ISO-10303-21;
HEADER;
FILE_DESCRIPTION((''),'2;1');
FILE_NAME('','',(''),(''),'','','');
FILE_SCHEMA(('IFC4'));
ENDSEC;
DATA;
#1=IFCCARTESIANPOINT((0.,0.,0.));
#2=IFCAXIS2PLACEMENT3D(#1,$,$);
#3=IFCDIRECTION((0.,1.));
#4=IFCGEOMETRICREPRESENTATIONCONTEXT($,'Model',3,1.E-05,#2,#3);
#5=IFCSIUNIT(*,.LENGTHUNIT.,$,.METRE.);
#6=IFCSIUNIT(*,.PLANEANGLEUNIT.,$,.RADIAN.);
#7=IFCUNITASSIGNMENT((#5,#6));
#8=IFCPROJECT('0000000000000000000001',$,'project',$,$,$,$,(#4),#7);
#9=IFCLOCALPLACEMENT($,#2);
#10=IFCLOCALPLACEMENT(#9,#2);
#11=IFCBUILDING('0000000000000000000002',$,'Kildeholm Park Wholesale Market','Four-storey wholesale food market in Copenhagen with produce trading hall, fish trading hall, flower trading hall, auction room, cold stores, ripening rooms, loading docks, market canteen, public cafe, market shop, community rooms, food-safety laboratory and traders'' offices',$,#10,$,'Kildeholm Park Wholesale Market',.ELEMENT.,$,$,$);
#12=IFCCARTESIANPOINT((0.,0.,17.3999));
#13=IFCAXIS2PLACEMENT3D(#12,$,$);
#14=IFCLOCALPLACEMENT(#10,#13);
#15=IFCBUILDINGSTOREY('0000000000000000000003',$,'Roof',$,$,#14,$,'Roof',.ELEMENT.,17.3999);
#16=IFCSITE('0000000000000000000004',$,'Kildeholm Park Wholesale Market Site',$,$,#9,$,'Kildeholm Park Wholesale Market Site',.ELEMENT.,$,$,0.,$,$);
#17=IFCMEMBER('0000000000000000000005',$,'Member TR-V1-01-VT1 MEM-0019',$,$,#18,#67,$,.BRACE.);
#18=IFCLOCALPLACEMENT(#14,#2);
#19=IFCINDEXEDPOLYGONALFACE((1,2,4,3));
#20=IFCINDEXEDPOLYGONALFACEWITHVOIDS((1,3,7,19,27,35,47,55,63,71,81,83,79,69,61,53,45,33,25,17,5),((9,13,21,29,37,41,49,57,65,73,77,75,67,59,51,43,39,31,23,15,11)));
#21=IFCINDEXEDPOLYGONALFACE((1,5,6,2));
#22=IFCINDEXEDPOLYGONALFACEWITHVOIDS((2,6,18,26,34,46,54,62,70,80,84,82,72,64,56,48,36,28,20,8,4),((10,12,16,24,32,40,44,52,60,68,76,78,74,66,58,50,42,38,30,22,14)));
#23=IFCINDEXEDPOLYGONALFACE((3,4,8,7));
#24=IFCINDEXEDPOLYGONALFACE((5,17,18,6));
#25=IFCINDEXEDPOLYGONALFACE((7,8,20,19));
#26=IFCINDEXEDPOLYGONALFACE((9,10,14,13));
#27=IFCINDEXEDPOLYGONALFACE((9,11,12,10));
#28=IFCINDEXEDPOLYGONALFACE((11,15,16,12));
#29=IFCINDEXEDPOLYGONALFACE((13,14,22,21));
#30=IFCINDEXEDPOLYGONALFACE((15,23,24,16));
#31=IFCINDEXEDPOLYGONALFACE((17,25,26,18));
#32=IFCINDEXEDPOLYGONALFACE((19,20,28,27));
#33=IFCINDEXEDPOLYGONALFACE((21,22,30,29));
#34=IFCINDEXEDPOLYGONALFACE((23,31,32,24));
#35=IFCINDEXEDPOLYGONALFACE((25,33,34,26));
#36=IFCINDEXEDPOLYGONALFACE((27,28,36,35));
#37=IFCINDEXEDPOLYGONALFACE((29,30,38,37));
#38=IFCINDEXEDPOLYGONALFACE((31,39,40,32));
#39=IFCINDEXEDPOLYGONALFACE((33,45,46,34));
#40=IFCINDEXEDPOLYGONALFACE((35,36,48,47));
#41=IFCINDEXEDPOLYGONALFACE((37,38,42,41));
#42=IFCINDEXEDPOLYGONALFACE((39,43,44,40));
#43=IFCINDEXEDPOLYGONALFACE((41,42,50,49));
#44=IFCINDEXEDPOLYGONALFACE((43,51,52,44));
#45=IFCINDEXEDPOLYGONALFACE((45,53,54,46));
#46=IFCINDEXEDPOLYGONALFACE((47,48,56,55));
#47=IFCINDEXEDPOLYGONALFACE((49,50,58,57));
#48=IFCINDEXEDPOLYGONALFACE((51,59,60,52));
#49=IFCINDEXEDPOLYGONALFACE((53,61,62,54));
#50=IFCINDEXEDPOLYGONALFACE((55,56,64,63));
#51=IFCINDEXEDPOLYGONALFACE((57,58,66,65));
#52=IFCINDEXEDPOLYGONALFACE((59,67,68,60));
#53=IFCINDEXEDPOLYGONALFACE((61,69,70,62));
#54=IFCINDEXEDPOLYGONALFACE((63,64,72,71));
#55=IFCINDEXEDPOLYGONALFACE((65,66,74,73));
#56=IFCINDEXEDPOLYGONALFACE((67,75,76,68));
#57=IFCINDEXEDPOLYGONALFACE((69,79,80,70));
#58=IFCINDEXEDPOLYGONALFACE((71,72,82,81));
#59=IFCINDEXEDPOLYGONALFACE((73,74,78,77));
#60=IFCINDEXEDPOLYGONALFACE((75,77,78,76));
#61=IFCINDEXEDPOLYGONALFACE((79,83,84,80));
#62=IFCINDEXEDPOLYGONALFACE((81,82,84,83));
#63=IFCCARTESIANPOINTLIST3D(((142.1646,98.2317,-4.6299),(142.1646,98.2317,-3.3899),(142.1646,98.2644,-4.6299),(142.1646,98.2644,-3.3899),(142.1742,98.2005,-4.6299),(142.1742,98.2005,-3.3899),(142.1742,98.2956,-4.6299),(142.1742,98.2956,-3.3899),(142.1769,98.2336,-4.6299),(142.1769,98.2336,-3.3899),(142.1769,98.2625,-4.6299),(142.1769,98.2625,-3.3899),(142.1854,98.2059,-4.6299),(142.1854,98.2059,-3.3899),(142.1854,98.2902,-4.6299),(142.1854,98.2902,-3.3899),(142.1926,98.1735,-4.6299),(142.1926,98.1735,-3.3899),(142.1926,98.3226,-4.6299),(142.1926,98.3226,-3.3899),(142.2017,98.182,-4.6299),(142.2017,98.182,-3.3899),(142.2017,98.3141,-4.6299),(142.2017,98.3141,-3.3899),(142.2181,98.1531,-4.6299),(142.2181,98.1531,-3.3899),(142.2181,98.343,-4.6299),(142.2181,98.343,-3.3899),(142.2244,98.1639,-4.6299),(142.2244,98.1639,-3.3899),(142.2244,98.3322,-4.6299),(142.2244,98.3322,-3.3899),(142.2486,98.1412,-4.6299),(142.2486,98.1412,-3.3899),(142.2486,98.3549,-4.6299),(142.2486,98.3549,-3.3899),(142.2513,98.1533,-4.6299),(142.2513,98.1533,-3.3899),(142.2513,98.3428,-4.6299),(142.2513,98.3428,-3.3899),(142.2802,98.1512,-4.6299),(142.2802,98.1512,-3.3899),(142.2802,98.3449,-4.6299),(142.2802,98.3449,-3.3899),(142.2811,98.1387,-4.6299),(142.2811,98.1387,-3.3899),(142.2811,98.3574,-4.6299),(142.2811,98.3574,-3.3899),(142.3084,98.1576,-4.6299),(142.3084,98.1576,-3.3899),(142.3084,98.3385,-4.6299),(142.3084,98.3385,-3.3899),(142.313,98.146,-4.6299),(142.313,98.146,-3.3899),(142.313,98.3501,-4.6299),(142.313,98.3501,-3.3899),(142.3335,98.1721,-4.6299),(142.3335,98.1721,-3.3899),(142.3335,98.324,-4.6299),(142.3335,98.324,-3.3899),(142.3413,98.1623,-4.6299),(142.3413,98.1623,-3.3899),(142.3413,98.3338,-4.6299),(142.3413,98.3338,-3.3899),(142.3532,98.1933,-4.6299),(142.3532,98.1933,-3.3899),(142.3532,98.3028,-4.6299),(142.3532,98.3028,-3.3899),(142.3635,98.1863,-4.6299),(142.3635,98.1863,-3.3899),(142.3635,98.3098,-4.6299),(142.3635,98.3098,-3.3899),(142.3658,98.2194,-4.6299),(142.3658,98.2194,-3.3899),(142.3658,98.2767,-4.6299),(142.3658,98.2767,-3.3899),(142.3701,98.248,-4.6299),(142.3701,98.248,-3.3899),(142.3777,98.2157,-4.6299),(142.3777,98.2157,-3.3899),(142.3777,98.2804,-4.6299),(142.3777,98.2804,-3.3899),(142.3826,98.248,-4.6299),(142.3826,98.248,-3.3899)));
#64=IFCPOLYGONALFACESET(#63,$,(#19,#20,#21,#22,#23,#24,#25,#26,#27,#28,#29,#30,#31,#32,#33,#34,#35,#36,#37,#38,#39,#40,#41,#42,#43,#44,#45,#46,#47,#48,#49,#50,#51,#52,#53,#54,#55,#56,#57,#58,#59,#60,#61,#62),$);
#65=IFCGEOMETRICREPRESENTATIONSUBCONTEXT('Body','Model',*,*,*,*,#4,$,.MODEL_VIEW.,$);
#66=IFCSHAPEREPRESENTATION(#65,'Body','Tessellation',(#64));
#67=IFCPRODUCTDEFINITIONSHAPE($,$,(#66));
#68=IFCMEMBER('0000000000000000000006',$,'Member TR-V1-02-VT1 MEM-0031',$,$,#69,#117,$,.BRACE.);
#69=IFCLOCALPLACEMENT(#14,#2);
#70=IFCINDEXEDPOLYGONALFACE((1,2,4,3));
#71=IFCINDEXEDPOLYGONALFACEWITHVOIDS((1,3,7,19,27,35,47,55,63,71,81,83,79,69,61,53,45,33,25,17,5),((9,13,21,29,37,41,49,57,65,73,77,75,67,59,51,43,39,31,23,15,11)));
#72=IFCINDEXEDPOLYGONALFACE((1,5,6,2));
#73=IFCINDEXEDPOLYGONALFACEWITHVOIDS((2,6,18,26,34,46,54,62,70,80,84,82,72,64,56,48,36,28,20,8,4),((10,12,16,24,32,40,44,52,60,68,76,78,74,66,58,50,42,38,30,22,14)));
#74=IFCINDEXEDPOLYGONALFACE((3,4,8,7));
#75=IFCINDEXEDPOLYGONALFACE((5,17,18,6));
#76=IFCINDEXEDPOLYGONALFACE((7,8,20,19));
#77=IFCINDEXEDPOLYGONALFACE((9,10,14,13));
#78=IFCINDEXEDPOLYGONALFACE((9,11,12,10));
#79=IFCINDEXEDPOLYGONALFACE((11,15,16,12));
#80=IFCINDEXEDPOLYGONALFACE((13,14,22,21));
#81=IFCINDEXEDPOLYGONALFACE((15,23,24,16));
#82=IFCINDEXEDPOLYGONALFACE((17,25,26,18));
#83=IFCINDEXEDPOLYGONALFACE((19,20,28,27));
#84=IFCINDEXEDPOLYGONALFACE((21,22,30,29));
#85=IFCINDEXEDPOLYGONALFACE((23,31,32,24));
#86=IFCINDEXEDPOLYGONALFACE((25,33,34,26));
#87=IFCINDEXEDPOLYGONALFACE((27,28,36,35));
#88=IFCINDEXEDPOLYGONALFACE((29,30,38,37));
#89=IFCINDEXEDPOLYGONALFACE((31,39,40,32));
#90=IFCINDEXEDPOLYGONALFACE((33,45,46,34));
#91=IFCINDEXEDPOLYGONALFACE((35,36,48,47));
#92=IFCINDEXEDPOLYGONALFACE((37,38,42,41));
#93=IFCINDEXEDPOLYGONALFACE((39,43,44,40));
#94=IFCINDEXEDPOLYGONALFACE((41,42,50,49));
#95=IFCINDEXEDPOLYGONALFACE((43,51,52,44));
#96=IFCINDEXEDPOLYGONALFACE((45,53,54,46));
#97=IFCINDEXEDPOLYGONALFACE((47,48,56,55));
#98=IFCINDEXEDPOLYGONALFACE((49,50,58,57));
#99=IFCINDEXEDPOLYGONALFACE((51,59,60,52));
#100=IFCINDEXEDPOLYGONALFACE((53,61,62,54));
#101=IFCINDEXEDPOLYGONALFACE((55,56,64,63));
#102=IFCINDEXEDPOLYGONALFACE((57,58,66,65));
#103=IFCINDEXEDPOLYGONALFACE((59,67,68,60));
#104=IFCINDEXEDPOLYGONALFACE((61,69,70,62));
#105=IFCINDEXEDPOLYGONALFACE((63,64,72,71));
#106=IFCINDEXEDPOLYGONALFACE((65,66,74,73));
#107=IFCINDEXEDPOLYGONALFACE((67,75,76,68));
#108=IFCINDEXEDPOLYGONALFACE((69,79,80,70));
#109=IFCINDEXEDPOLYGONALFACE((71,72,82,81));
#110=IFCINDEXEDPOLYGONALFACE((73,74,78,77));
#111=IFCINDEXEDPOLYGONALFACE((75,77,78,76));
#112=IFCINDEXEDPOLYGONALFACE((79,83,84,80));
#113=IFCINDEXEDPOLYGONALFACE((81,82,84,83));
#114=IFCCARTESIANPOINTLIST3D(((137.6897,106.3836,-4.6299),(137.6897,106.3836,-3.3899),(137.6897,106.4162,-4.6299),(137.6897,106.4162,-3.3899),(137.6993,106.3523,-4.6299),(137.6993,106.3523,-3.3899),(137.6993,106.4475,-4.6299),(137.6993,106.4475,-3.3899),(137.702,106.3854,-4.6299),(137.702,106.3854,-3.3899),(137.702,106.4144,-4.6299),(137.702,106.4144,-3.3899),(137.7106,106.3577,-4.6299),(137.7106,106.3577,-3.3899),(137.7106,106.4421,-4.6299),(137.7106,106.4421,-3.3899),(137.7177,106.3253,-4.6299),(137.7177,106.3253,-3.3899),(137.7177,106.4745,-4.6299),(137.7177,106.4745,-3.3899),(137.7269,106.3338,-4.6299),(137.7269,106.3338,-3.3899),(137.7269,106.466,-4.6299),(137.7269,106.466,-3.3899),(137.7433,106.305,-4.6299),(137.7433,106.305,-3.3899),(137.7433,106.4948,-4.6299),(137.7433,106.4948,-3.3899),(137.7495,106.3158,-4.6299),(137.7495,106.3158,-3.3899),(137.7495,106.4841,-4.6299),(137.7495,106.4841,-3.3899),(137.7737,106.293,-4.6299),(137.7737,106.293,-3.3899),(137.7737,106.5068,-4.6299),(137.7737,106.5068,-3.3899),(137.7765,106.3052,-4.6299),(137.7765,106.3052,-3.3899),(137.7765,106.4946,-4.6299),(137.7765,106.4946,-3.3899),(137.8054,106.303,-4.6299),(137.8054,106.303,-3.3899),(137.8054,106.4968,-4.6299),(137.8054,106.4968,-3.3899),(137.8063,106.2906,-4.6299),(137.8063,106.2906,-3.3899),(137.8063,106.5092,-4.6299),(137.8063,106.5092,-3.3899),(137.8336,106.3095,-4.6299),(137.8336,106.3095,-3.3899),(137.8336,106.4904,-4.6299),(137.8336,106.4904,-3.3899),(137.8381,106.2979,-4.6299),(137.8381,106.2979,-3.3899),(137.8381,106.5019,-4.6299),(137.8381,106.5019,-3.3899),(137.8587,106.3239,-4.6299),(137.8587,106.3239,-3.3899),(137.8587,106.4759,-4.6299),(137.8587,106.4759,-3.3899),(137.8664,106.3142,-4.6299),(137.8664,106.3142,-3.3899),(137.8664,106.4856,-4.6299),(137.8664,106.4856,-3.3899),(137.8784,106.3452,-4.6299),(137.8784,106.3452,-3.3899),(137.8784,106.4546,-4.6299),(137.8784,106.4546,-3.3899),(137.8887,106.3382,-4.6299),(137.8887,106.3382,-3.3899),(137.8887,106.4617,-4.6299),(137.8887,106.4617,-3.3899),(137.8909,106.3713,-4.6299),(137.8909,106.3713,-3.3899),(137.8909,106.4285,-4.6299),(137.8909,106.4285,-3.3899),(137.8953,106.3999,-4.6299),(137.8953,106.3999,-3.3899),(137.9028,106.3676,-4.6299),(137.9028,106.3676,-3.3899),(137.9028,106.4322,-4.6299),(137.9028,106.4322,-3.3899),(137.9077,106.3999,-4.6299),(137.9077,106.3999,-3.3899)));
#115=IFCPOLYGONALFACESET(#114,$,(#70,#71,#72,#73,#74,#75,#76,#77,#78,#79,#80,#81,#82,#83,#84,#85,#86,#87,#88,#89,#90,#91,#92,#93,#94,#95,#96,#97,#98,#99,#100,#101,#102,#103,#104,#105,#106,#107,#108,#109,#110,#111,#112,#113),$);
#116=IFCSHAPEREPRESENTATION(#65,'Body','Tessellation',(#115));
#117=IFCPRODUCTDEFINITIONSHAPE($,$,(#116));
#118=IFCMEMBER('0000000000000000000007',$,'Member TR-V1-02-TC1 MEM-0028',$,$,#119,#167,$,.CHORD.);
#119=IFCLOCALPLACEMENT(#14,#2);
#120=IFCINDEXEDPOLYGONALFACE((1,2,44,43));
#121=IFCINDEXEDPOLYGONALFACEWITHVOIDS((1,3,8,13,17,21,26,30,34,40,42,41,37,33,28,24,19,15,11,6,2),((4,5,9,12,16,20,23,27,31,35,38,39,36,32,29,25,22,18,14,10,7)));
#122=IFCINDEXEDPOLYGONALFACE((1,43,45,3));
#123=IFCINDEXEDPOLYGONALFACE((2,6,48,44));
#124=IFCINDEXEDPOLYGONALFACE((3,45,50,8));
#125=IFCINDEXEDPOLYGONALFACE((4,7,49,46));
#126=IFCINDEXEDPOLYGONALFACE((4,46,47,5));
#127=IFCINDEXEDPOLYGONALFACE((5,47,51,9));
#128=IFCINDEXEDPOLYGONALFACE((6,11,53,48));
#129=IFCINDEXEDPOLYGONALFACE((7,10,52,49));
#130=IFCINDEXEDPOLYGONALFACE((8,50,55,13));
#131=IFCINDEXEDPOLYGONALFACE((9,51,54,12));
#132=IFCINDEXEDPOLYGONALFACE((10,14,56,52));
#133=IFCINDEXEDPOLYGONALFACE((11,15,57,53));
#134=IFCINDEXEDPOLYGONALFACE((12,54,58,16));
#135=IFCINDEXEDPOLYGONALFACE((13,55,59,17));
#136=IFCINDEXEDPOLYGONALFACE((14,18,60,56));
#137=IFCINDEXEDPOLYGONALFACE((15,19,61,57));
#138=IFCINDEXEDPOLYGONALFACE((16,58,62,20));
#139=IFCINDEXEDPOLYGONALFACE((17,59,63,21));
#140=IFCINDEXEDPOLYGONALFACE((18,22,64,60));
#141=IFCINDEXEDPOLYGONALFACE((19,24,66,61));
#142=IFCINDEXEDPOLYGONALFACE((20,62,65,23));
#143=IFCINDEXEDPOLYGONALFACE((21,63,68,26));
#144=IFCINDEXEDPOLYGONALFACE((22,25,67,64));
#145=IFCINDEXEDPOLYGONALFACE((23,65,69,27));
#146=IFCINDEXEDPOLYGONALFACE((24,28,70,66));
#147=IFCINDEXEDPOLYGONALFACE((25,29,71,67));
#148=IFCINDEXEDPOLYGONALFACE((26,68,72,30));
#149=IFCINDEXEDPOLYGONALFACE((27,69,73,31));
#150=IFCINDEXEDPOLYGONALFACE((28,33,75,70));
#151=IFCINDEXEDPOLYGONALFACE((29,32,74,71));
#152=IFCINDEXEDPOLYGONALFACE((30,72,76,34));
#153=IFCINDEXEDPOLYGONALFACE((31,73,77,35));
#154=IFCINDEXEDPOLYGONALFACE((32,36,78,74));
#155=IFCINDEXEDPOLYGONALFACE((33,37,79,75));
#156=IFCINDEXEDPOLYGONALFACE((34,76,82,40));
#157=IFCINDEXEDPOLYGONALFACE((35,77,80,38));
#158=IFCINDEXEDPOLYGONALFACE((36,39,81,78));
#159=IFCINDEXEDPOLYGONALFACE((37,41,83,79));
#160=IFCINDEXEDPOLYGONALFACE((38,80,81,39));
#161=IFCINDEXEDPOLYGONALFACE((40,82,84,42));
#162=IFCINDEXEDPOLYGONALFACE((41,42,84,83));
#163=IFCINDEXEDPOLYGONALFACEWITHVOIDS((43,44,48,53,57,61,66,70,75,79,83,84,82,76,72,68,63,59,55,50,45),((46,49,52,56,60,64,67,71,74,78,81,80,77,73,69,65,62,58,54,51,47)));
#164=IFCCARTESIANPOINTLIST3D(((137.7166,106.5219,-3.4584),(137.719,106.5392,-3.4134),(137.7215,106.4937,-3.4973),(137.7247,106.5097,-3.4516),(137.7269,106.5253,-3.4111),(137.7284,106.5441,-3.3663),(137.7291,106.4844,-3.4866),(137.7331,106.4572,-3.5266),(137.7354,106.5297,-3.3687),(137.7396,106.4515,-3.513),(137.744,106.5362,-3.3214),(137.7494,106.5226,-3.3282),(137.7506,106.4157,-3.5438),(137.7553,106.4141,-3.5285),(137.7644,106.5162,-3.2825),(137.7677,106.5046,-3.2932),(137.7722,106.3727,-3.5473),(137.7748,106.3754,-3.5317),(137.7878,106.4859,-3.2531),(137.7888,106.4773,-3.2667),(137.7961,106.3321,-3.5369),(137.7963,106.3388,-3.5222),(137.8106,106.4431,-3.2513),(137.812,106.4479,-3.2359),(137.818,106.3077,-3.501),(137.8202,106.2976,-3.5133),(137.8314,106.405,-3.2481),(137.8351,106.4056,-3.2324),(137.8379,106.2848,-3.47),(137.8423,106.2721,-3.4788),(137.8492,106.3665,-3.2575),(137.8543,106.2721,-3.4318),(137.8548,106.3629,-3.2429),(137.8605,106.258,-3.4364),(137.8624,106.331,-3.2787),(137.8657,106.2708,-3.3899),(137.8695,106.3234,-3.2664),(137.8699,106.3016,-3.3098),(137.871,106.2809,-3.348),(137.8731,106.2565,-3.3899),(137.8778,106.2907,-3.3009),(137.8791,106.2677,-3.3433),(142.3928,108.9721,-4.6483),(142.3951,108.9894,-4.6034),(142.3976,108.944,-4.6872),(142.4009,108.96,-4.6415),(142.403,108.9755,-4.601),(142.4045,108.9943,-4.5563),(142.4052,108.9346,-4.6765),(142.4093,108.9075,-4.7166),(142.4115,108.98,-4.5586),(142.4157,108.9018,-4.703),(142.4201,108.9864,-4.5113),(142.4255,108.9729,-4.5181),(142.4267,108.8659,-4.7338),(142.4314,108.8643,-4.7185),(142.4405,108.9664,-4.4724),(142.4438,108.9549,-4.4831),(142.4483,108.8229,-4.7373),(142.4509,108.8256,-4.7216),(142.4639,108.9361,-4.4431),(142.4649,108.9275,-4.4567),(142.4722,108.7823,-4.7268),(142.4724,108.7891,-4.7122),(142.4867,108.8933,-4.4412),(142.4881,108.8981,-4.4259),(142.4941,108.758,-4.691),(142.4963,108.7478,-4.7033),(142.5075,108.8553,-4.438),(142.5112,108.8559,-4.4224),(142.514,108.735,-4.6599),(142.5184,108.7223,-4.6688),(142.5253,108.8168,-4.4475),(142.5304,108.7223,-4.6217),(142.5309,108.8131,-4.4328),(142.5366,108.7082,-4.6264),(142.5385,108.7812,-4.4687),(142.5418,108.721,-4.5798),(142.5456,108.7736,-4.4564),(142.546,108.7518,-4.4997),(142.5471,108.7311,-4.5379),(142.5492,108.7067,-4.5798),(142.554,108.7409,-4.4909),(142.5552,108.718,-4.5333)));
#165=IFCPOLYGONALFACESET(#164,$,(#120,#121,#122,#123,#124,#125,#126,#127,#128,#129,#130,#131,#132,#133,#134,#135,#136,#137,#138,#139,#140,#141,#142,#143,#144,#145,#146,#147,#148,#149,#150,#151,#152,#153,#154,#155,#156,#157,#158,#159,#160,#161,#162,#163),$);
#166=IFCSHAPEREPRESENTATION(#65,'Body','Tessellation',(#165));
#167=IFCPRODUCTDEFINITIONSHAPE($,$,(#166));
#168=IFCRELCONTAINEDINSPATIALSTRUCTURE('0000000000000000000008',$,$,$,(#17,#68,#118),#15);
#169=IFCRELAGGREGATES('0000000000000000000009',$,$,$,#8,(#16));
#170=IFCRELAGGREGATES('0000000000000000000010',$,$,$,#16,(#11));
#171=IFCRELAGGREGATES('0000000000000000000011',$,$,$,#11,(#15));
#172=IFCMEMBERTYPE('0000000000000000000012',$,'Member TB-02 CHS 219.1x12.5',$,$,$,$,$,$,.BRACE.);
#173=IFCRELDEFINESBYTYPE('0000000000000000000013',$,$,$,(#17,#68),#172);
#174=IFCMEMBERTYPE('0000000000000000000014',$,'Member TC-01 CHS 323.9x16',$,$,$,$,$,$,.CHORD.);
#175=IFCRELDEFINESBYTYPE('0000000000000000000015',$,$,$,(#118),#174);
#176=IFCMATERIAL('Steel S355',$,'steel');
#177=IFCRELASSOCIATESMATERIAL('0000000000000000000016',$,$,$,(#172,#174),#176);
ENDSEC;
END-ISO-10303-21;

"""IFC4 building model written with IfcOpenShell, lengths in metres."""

from ifc_helpers import new_model, si_unit, direction, frame, origin, origin_2d, place, context, subcontext, project, spatial, hollow_circle, extrude, material, material_profile, profile_set, type_object, element, save


model = new_model("IFC4")

# Units and contexts
model_context = context("Model", 3, precision=1e-05, world=origin(), true_north=direction((0.0, 1.0)))
body_context = subcontext(model_context, "Body", "Model", "MODEL_VIEW")
ifc_project = project(units=[si_unit("LENGTHUNIT", "METRE"), si_unit("PLANEANGLEUNIT", "RADIAN")], contexts=[model_context])

# Site, building, storey
site_placement = place(None, origin())
site = spatial("IfcSite", under=ifc_project, at=site_placement, Name="Kildeholm Park Wholesale Market Site", LongName="Kildeholm Park Wholesale Market Site", CompositionType="ELEMENT", RefElevation=0.0)
building_placement = place(site_placement, origin())
building = spatial("IfcBuilding", under=site, at=building_placement, Name="Kildeholm Park Wholesale Market", Description="Four-storey wholesale food market in Copenhagen with produce trading hall, fish trading hall, flower trading hall, auction room, cold stores, ripening rooms, loading docks, market canteen, public cafe, market shop, community rooms, food-safety laboratory and traders' offices", LongName="Kildeholm Park Wholesale Market", CompositionType="ELEMENT")
storey_placement = place(building_placement, frame((0.0, 0.0, 17.3999)))
storey = spatial("IfcBuildingStorey", under=building, at=storey_placement, Name="Roof", LongName="Roof", CompositionType="ELEMENT", Elevation=17.3999)

# Shared definitions
ifc_material_1 = material(Name="Steel S355", Category="steel")

# Members
ifc_material_profile_1 = material_profile(ifc_material_1, hollow_circle(Radius=0.1096, WallThickness=0.0125, at=origin_2d()), Name="CHS 219.1x12.5")
ifc_profile_set_1 = profile_set([ifc_material_profile_1], Name="Steel S355")
member_type_1 = type_object("IfcMemberType", Name="Member TB-02 CHS 219.1x12.5", PredefinedType="BRACE", material=ifc_profile_set_1)
for number, where, z_axis, x_axis, name in (
    (1, (142.2729, 98.248, -4.6299), (0.0, 0.0, 1.0), (1.0, 0.0, 0.0), "Member TR-V1-01-VT1 MEM-0019"),
    (2, (137.7981, 106.3999, -4.6299), (0.0, 0.0, 1.0), (1.0, 0.0, 0.0), "Member TR-V1-02-VT1 MEM-0031"),
):
    element("IfcMember", number, at=place(storey_placement, frame(where, z_axis=z_axis, x_axis=x_axis)), inside=storey, type_object=member_type_1, Name=name, PredefinedType="BRACE", context=body_context, shape_type="SweptSolid", body=[
        extrude(hollow_circle(Radius=0.1096, WallThickness=0.0125, at=origin_2d()), origin(), (0.0, 0.0, 1.0), 1.24),
    ])
ifc_material_profile_2 = material_profile(ifc_material_1, hollow_circle(Radius=0.1619, WallThickness=0.0161, at=origin_2d()), Name="CHS 323.9x16")
ifc_profile_set_2 = profile_set([ifc_material_profile_2], Name="Steel S355")
member_type_2 = type_object("IfcMemberType", Name="Member TC-01 CHS 323.9x16", PredefinedType="CHORD", material=ifc_profile_set_2)
member_1_placement = place(storey_placement, frame((142.4741, 108.8501, -4.5798), z_axis=(-0.864086, -0.452773, 0.21989), x_axis=(0.464133, -0.885765, 0.0)))
element("IfcMember", 3, at=member_1_placement, inside=storey, type_object=member_type_2, Name="Member TR-V1-02-TC1 MEM-0028", PredefinedType="CHORD", context=body_context, shape_type="SweptSolid", body=[
    extrude(hollow_circle(Radius=0.1619, WallThickness=0.0161, at=origin_2d()), origin(), (0.0, 0.0, 1.0), 5.4116),
])

save(model, "model.ifc")
